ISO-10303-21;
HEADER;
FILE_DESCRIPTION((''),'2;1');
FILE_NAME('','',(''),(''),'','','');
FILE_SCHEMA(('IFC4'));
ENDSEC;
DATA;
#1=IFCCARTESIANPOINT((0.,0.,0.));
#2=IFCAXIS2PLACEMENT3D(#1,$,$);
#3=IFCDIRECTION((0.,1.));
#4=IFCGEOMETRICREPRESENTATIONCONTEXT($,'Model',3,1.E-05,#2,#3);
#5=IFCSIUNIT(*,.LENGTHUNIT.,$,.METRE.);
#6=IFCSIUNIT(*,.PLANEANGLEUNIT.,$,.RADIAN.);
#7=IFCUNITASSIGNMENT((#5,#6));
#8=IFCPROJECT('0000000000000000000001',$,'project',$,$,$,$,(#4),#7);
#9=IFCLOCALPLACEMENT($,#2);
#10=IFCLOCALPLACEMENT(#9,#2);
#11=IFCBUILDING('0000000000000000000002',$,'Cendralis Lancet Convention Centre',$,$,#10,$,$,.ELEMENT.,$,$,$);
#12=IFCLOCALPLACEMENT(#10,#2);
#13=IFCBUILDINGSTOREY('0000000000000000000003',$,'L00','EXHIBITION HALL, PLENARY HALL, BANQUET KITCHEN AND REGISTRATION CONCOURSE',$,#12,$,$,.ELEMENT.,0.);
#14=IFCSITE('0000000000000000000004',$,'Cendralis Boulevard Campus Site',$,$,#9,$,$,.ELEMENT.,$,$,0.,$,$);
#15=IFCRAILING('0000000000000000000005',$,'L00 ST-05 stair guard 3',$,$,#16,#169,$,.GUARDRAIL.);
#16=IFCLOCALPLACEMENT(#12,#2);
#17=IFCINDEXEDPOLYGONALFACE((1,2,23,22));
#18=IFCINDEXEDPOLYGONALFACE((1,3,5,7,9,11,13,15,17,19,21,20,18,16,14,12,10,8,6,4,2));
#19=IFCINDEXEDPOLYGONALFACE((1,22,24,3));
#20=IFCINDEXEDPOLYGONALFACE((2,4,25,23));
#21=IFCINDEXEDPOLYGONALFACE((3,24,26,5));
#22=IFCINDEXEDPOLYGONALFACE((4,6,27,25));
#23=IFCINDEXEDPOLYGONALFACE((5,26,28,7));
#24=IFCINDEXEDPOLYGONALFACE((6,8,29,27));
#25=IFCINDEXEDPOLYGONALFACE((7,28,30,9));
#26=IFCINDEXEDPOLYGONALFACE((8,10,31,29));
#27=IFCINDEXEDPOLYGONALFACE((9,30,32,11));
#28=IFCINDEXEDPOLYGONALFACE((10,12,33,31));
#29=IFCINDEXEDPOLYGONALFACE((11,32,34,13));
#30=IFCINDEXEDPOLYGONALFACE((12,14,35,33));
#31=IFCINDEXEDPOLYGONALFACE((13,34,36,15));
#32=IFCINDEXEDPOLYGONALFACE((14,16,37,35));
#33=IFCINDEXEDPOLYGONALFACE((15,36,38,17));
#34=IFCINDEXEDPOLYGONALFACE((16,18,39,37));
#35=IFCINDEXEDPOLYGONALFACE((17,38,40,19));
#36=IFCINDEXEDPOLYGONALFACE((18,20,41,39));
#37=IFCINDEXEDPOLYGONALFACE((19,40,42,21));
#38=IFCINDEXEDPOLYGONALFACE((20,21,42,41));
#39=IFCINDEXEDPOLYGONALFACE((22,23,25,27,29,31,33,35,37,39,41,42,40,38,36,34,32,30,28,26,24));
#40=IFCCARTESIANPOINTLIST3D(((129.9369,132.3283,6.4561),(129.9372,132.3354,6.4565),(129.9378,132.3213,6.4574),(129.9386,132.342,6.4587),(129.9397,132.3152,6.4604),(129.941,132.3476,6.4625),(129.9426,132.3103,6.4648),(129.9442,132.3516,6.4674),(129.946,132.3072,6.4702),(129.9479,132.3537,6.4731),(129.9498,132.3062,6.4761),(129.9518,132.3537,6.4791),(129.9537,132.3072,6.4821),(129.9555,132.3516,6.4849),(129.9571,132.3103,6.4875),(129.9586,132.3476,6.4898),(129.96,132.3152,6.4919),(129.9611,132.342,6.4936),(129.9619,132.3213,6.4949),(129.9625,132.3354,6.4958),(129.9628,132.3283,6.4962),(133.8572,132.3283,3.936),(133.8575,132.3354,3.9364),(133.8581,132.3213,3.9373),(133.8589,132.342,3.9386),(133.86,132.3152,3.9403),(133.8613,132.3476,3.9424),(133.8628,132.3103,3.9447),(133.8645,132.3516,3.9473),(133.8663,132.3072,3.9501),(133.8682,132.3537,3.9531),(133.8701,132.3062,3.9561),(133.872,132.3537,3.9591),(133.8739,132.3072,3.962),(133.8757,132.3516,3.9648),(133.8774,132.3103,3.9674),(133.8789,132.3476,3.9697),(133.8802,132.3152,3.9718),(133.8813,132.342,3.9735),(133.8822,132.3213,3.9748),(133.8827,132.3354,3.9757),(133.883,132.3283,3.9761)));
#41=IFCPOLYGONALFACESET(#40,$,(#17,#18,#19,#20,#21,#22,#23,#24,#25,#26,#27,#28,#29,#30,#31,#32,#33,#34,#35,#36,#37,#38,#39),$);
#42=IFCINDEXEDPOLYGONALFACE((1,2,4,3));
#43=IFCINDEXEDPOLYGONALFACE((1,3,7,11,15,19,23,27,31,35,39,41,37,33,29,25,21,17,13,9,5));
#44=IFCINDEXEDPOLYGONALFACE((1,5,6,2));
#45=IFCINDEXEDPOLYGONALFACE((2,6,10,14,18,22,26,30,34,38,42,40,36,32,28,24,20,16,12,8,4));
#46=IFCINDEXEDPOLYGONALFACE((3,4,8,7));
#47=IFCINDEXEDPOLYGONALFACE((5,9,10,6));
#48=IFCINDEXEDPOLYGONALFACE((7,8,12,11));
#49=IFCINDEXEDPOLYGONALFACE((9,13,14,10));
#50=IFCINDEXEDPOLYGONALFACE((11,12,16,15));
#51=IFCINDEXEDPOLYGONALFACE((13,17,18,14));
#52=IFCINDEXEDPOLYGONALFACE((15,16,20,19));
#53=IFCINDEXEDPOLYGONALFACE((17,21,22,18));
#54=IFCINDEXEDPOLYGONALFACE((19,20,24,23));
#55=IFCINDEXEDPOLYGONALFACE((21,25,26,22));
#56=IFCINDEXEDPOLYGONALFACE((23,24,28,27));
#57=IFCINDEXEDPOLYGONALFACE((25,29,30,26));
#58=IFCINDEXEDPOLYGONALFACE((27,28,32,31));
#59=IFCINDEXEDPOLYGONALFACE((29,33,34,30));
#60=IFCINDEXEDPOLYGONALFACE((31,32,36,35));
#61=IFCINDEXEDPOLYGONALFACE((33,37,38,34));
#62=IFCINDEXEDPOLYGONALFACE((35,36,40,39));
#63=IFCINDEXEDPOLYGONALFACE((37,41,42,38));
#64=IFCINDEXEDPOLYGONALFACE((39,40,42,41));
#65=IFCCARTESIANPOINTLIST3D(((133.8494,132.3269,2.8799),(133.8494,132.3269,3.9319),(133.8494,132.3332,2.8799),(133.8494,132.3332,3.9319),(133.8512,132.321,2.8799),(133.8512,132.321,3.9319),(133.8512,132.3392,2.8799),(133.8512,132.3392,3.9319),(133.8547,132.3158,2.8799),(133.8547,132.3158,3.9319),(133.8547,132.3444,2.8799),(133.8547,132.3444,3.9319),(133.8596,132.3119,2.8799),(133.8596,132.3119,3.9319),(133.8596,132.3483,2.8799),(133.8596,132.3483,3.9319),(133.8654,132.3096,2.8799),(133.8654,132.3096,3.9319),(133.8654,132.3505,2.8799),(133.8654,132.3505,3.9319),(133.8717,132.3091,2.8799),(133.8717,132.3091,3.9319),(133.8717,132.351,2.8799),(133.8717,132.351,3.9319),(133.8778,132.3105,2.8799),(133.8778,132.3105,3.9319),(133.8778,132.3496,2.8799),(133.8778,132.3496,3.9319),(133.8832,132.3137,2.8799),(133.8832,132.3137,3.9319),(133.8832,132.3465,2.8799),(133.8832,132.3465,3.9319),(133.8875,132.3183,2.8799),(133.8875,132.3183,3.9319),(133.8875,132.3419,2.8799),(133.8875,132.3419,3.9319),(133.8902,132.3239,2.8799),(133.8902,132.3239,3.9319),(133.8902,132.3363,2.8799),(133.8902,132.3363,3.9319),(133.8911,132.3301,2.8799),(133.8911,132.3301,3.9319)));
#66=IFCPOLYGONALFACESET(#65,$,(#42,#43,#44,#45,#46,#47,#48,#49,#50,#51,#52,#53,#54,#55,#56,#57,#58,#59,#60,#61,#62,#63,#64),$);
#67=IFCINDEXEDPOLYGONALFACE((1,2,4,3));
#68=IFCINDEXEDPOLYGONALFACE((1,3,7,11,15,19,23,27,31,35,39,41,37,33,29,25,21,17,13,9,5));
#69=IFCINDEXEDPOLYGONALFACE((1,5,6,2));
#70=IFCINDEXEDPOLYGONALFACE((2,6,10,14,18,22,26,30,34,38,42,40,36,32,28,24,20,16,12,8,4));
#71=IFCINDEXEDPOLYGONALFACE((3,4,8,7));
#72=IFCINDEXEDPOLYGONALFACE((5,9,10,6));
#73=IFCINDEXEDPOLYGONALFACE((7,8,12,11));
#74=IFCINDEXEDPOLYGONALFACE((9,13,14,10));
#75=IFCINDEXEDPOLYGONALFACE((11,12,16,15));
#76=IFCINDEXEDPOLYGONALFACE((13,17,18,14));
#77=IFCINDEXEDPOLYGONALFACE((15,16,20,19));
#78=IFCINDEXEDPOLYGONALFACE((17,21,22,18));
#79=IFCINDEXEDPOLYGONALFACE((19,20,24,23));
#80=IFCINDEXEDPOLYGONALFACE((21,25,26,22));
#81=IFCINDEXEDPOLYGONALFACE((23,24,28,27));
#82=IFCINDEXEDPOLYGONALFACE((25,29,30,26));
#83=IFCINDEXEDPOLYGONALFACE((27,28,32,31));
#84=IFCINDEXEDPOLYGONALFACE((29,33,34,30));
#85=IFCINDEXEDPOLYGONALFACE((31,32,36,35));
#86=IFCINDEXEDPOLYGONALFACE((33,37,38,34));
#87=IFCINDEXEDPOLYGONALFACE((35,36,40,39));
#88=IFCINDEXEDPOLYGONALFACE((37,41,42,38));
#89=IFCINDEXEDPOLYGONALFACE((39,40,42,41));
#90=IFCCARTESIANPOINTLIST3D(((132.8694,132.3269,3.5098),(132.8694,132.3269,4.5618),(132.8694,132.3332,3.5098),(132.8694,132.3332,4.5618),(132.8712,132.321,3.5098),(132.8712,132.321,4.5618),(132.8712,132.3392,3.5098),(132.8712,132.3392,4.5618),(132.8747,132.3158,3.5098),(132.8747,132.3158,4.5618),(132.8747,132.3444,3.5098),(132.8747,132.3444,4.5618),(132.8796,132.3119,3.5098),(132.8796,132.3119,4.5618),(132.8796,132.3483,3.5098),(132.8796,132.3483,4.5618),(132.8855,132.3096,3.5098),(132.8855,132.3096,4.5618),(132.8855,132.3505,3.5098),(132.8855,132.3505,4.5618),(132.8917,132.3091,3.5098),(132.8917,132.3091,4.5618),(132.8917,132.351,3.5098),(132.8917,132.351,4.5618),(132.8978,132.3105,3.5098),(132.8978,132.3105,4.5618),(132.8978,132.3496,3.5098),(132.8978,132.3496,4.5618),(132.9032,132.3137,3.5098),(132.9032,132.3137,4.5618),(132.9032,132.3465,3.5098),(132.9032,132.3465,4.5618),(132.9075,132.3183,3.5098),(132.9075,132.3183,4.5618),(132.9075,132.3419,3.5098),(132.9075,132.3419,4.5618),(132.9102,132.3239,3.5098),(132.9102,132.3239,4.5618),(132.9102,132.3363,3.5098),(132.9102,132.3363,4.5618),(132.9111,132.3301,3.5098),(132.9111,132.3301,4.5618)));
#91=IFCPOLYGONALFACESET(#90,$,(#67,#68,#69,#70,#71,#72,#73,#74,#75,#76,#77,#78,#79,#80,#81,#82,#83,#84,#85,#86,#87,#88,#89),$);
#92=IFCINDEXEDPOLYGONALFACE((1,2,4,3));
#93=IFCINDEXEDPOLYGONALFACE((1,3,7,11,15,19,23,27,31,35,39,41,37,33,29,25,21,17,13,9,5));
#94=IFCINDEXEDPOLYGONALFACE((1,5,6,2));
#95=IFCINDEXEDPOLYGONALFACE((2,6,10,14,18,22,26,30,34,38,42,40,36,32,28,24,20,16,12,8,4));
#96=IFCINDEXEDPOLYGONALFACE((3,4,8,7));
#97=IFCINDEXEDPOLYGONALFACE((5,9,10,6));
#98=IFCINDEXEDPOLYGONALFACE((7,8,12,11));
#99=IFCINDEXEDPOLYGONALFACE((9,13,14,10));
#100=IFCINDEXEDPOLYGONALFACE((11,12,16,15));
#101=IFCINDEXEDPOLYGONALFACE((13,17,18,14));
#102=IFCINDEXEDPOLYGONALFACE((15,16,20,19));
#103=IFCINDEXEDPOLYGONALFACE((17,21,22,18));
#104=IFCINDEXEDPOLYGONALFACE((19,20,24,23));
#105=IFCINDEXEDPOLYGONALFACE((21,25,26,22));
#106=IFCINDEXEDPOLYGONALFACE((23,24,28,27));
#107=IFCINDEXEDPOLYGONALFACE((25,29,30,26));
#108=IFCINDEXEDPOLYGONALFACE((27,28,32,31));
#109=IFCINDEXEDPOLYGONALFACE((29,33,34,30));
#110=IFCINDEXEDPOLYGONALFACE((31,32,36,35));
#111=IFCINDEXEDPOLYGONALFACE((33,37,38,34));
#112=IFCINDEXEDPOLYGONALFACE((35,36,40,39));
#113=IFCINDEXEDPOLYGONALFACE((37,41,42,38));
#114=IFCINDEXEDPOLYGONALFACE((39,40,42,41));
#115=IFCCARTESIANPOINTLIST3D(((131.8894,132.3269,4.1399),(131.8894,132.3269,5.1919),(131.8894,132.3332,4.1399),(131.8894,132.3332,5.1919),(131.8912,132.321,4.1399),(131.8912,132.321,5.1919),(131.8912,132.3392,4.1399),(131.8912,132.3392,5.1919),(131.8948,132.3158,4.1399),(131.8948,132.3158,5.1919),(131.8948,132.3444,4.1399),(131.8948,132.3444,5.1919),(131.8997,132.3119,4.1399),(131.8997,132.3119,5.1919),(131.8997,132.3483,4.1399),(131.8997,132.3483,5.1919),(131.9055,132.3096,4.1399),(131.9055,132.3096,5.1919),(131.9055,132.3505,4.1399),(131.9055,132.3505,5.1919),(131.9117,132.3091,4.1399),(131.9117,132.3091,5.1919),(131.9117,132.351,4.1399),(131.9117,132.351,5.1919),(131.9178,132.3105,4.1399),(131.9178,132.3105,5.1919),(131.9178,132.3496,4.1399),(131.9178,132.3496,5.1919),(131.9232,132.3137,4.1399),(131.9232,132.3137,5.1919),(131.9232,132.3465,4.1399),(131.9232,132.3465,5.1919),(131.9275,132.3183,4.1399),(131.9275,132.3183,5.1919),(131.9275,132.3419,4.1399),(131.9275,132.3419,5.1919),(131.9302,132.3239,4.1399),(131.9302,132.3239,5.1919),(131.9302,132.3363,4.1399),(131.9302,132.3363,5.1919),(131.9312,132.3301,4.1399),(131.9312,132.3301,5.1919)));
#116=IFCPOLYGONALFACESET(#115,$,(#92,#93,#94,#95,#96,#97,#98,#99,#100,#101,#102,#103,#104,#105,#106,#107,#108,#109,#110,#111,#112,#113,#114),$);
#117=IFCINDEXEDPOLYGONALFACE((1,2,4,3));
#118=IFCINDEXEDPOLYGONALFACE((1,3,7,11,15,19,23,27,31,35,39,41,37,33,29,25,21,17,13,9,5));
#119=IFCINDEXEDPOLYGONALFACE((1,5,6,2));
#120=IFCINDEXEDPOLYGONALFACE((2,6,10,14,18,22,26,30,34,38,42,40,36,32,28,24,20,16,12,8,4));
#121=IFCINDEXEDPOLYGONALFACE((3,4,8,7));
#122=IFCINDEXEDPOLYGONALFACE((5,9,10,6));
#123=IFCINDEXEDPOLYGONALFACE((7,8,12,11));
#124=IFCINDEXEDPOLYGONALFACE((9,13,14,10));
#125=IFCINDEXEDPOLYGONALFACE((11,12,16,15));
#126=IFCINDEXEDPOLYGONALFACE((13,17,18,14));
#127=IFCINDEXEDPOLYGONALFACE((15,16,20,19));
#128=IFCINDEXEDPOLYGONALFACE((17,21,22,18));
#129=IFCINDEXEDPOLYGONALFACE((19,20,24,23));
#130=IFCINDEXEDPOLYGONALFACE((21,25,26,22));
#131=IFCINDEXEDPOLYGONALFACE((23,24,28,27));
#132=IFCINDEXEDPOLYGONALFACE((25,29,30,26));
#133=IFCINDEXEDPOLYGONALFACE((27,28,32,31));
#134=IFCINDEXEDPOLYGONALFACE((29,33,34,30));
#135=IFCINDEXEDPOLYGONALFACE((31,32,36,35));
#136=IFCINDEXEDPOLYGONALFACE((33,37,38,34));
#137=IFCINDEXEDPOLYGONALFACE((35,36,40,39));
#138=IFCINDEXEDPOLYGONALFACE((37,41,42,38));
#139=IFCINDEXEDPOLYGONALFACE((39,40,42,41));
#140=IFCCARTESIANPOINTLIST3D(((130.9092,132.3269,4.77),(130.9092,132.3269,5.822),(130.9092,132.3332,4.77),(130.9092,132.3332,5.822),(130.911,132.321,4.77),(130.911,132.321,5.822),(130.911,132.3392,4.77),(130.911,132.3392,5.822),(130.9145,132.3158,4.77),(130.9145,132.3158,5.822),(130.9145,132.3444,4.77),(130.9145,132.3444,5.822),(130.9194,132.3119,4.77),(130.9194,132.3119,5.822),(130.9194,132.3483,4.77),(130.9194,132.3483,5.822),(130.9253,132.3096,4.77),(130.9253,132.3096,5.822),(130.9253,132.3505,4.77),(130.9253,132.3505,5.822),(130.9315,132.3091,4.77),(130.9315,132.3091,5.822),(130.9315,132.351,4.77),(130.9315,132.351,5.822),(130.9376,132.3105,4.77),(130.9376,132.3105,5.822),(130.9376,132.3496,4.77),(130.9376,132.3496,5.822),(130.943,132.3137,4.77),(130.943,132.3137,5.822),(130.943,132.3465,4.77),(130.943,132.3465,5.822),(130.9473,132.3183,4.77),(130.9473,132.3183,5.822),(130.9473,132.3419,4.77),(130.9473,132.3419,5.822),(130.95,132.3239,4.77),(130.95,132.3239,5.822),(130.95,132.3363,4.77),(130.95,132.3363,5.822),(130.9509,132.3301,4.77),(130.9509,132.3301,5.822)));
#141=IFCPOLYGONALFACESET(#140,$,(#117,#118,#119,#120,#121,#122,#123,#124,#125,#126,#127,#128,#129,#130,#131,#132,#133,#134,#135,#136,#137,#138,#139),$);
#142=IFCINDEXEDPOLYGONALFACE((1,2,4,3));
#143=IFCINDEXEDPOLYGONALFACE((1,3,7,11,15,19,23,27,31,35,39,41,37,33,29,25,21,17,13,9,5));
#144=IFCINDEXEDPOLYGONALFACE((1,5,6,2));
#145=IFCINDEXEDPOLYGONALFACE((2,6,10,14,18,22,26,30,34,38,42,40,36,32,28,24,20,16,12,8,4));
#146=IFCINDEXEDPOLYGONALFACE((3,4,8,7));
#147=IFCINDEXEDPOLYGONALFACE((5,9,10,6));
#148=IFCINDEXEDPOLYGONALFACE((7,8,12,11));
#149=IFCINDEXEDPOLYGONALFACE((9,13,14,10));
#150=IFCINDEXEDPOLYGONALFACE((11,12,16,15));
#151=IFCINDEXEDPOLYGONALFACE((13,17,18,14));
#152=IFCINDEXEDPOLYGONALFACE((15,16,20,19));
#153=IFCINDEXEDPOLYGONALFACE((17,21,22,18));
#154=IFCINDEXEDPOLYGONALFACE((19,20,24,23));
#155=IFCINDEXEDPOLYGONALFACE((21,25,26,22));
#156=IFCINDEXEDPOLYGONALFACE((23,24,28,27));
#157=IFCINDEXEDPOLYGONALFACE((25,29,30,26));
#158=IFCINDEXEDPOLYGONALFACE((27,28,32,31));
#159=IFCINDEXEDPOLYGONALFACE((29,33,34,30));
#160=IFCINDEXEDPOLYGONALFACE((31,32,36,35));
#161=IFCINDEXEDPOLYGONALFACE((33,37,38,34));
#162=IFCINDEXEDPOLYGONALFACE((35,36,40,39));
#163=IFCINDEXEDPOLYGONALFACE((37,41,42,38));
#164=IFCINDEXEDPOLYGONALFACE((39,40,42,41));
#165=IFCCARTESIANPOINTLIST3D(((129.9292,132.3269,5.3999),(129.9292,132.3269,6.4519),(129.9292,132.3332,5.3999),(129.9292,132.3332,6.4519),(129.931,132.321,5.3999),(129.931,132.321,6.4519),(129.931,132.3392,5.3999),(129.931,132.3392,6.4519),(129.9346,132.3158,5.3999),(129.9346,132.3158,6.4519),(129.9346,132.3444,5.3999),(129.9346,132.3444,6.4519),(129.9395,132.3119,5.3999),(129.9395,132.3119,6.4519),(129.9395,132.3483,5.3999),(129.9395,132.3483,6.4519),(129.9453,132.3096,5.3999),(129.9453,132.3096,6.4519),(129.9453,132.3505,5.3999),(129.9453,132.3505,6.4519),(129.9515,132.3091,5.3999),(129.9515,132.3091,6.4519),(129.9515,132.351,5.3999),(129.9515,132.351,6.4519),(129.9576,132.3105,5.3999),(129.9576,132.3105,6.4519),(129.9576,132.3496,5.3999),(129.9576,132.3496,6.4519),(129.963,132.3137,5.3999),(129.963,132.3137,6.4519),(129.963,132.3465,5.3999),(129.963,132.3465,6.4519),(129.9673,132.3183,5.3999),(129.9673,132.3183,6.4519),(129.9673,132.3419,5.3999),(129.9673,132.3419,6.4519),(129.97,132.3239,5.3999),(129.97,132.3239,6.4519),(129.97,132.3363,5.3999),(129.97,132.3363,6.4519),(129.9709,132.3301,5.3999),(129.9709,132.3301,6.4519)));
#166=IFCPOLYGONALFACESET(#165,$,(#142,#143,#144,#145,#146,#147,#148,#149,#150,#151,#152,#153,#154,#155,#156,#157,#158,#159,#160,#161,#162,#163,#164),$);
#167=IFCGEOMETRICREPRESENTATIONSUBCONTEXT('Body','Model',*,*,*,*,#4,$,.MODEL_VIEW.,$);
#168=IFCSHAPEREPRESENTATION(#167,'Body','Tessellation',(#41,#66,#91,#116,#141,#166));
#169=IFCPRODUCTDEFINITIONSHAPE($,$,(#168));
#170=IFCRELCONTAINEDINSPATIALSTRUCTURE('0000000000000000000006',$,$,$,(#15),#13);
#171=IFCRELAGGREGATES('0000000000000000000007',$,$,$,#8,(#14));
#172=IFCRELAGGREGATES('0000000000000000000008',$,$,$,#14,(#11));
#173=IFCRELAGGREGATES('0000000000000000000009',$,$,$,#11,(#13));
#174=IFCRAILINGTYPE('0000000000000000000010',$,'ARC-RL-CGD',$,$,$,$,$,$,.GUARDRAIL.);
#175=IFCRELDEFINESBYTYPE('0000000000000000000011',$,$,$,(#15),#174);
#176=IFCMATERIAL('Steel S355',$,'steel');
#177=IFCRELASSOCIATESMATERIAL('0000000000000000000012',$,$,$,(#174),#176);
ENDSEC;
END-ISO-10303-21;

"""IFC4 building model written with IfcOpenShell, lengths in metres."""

from ifc_helpers import new_model, si_unit, direction, frame, origin, origin_2d, place, context, subcontext, project, spatial, circle, extrude, material, type_object, element, save


model = new_model("IFC4")

# Units and contexts
model_context = context("Model", 3, precision=1e-05, world=origin(), true_north=direction((0.0, 1.0)))
body_context = subcontext(model_context, "Body", "Model", "MODEL_VIEW")
ifc_project = project(units=[si_unit("LENGTHUNIT", "METRE"), si_unit("PLANEANGLEUNIT", "RADIAN")], contexts=[model_context])

# Site, building, storey
site_placement = place(None, origin())
site = spatial("IfcSite", under=ifc_project, at=site_placement, Name="Cendralis Boulevard Campus Site", CompositionType="ELEMENT", RefElevation=0.0)
building_placement = place(site_placement, origin())
building = spatial("IfcBuilding", under=site, at=building_placement, Name="Cendralis Lancet Convention Centre", CompositionType="ELEMENT")
storey_placement = place(building_placement, origin())
storey = spatial("IfcBuildingStorey", under=building, at=storey_placement, Name="L00", Description="EXHIBITION HALL, PLENARY HALL, BANQUET KITCHEN AND REGISTRATION CONCOURSE", CompositionType="ELEMENT", Elevation=0.0)

# Shared definitions
ifc_material_1 = material(Name="Steel S355", Category="steel")

# Railing
railing_type_1 = type_object("IfcRailingType", Name="ARC-RL-CGD", PredefinedType="GUARDRAIL", material=ifc_material_1)
railing_1_placement = place(storey_placement, frame((133.8701, 132.3301, 2.8799)))
element("IfcRailing", 1, at=railing_1_placement, inside=storey, type_object=railing_type_1, Name="L00 ST-05 stair guard 3", PredefinedType="GUARDRAIL", context=body_context, shape_type="SweptSolid", body=[
    extrude(circle(Radius=0.0239, at=origin_2d()), frame((0.0, 0.0, 1.0762), z_axis=(-0.841187, 0.0, 0.540744), x_axis=(0.0, -1.0, 0.0)), (0.0, 0.0, 1.0), 4.6604),
    extrude(circle(Radius=0.021, at=origin_2d()), origin(), (0.0, 0.0, 1.0), 1.052),
    extrude(circle(Radius=0.021, at=origin_2d()), frame((-0.98, 0.0, 0.6299)), (0.0, 0.0, 1.0), 1.052),
    extrude(circle(Radius=0.021, at=origin_2d()), frame((-1.96, 0.0, 1.26)), (0.0, 0.0, 1.0), 1.052),
    extrude(circle(Radius=0.021, at=origin_2d()), frame((-2.9402, 0.0, 1.8901)), (0.0, 0.0, 1.0), 1.052),
    extrude(circle(Radius=0.021, at=origin_2d()), frame((-3.9202, 0.0, 2.52)), (0.0, 0.0, 1.0), 1.052),
])

save(model, "model.ifc")
